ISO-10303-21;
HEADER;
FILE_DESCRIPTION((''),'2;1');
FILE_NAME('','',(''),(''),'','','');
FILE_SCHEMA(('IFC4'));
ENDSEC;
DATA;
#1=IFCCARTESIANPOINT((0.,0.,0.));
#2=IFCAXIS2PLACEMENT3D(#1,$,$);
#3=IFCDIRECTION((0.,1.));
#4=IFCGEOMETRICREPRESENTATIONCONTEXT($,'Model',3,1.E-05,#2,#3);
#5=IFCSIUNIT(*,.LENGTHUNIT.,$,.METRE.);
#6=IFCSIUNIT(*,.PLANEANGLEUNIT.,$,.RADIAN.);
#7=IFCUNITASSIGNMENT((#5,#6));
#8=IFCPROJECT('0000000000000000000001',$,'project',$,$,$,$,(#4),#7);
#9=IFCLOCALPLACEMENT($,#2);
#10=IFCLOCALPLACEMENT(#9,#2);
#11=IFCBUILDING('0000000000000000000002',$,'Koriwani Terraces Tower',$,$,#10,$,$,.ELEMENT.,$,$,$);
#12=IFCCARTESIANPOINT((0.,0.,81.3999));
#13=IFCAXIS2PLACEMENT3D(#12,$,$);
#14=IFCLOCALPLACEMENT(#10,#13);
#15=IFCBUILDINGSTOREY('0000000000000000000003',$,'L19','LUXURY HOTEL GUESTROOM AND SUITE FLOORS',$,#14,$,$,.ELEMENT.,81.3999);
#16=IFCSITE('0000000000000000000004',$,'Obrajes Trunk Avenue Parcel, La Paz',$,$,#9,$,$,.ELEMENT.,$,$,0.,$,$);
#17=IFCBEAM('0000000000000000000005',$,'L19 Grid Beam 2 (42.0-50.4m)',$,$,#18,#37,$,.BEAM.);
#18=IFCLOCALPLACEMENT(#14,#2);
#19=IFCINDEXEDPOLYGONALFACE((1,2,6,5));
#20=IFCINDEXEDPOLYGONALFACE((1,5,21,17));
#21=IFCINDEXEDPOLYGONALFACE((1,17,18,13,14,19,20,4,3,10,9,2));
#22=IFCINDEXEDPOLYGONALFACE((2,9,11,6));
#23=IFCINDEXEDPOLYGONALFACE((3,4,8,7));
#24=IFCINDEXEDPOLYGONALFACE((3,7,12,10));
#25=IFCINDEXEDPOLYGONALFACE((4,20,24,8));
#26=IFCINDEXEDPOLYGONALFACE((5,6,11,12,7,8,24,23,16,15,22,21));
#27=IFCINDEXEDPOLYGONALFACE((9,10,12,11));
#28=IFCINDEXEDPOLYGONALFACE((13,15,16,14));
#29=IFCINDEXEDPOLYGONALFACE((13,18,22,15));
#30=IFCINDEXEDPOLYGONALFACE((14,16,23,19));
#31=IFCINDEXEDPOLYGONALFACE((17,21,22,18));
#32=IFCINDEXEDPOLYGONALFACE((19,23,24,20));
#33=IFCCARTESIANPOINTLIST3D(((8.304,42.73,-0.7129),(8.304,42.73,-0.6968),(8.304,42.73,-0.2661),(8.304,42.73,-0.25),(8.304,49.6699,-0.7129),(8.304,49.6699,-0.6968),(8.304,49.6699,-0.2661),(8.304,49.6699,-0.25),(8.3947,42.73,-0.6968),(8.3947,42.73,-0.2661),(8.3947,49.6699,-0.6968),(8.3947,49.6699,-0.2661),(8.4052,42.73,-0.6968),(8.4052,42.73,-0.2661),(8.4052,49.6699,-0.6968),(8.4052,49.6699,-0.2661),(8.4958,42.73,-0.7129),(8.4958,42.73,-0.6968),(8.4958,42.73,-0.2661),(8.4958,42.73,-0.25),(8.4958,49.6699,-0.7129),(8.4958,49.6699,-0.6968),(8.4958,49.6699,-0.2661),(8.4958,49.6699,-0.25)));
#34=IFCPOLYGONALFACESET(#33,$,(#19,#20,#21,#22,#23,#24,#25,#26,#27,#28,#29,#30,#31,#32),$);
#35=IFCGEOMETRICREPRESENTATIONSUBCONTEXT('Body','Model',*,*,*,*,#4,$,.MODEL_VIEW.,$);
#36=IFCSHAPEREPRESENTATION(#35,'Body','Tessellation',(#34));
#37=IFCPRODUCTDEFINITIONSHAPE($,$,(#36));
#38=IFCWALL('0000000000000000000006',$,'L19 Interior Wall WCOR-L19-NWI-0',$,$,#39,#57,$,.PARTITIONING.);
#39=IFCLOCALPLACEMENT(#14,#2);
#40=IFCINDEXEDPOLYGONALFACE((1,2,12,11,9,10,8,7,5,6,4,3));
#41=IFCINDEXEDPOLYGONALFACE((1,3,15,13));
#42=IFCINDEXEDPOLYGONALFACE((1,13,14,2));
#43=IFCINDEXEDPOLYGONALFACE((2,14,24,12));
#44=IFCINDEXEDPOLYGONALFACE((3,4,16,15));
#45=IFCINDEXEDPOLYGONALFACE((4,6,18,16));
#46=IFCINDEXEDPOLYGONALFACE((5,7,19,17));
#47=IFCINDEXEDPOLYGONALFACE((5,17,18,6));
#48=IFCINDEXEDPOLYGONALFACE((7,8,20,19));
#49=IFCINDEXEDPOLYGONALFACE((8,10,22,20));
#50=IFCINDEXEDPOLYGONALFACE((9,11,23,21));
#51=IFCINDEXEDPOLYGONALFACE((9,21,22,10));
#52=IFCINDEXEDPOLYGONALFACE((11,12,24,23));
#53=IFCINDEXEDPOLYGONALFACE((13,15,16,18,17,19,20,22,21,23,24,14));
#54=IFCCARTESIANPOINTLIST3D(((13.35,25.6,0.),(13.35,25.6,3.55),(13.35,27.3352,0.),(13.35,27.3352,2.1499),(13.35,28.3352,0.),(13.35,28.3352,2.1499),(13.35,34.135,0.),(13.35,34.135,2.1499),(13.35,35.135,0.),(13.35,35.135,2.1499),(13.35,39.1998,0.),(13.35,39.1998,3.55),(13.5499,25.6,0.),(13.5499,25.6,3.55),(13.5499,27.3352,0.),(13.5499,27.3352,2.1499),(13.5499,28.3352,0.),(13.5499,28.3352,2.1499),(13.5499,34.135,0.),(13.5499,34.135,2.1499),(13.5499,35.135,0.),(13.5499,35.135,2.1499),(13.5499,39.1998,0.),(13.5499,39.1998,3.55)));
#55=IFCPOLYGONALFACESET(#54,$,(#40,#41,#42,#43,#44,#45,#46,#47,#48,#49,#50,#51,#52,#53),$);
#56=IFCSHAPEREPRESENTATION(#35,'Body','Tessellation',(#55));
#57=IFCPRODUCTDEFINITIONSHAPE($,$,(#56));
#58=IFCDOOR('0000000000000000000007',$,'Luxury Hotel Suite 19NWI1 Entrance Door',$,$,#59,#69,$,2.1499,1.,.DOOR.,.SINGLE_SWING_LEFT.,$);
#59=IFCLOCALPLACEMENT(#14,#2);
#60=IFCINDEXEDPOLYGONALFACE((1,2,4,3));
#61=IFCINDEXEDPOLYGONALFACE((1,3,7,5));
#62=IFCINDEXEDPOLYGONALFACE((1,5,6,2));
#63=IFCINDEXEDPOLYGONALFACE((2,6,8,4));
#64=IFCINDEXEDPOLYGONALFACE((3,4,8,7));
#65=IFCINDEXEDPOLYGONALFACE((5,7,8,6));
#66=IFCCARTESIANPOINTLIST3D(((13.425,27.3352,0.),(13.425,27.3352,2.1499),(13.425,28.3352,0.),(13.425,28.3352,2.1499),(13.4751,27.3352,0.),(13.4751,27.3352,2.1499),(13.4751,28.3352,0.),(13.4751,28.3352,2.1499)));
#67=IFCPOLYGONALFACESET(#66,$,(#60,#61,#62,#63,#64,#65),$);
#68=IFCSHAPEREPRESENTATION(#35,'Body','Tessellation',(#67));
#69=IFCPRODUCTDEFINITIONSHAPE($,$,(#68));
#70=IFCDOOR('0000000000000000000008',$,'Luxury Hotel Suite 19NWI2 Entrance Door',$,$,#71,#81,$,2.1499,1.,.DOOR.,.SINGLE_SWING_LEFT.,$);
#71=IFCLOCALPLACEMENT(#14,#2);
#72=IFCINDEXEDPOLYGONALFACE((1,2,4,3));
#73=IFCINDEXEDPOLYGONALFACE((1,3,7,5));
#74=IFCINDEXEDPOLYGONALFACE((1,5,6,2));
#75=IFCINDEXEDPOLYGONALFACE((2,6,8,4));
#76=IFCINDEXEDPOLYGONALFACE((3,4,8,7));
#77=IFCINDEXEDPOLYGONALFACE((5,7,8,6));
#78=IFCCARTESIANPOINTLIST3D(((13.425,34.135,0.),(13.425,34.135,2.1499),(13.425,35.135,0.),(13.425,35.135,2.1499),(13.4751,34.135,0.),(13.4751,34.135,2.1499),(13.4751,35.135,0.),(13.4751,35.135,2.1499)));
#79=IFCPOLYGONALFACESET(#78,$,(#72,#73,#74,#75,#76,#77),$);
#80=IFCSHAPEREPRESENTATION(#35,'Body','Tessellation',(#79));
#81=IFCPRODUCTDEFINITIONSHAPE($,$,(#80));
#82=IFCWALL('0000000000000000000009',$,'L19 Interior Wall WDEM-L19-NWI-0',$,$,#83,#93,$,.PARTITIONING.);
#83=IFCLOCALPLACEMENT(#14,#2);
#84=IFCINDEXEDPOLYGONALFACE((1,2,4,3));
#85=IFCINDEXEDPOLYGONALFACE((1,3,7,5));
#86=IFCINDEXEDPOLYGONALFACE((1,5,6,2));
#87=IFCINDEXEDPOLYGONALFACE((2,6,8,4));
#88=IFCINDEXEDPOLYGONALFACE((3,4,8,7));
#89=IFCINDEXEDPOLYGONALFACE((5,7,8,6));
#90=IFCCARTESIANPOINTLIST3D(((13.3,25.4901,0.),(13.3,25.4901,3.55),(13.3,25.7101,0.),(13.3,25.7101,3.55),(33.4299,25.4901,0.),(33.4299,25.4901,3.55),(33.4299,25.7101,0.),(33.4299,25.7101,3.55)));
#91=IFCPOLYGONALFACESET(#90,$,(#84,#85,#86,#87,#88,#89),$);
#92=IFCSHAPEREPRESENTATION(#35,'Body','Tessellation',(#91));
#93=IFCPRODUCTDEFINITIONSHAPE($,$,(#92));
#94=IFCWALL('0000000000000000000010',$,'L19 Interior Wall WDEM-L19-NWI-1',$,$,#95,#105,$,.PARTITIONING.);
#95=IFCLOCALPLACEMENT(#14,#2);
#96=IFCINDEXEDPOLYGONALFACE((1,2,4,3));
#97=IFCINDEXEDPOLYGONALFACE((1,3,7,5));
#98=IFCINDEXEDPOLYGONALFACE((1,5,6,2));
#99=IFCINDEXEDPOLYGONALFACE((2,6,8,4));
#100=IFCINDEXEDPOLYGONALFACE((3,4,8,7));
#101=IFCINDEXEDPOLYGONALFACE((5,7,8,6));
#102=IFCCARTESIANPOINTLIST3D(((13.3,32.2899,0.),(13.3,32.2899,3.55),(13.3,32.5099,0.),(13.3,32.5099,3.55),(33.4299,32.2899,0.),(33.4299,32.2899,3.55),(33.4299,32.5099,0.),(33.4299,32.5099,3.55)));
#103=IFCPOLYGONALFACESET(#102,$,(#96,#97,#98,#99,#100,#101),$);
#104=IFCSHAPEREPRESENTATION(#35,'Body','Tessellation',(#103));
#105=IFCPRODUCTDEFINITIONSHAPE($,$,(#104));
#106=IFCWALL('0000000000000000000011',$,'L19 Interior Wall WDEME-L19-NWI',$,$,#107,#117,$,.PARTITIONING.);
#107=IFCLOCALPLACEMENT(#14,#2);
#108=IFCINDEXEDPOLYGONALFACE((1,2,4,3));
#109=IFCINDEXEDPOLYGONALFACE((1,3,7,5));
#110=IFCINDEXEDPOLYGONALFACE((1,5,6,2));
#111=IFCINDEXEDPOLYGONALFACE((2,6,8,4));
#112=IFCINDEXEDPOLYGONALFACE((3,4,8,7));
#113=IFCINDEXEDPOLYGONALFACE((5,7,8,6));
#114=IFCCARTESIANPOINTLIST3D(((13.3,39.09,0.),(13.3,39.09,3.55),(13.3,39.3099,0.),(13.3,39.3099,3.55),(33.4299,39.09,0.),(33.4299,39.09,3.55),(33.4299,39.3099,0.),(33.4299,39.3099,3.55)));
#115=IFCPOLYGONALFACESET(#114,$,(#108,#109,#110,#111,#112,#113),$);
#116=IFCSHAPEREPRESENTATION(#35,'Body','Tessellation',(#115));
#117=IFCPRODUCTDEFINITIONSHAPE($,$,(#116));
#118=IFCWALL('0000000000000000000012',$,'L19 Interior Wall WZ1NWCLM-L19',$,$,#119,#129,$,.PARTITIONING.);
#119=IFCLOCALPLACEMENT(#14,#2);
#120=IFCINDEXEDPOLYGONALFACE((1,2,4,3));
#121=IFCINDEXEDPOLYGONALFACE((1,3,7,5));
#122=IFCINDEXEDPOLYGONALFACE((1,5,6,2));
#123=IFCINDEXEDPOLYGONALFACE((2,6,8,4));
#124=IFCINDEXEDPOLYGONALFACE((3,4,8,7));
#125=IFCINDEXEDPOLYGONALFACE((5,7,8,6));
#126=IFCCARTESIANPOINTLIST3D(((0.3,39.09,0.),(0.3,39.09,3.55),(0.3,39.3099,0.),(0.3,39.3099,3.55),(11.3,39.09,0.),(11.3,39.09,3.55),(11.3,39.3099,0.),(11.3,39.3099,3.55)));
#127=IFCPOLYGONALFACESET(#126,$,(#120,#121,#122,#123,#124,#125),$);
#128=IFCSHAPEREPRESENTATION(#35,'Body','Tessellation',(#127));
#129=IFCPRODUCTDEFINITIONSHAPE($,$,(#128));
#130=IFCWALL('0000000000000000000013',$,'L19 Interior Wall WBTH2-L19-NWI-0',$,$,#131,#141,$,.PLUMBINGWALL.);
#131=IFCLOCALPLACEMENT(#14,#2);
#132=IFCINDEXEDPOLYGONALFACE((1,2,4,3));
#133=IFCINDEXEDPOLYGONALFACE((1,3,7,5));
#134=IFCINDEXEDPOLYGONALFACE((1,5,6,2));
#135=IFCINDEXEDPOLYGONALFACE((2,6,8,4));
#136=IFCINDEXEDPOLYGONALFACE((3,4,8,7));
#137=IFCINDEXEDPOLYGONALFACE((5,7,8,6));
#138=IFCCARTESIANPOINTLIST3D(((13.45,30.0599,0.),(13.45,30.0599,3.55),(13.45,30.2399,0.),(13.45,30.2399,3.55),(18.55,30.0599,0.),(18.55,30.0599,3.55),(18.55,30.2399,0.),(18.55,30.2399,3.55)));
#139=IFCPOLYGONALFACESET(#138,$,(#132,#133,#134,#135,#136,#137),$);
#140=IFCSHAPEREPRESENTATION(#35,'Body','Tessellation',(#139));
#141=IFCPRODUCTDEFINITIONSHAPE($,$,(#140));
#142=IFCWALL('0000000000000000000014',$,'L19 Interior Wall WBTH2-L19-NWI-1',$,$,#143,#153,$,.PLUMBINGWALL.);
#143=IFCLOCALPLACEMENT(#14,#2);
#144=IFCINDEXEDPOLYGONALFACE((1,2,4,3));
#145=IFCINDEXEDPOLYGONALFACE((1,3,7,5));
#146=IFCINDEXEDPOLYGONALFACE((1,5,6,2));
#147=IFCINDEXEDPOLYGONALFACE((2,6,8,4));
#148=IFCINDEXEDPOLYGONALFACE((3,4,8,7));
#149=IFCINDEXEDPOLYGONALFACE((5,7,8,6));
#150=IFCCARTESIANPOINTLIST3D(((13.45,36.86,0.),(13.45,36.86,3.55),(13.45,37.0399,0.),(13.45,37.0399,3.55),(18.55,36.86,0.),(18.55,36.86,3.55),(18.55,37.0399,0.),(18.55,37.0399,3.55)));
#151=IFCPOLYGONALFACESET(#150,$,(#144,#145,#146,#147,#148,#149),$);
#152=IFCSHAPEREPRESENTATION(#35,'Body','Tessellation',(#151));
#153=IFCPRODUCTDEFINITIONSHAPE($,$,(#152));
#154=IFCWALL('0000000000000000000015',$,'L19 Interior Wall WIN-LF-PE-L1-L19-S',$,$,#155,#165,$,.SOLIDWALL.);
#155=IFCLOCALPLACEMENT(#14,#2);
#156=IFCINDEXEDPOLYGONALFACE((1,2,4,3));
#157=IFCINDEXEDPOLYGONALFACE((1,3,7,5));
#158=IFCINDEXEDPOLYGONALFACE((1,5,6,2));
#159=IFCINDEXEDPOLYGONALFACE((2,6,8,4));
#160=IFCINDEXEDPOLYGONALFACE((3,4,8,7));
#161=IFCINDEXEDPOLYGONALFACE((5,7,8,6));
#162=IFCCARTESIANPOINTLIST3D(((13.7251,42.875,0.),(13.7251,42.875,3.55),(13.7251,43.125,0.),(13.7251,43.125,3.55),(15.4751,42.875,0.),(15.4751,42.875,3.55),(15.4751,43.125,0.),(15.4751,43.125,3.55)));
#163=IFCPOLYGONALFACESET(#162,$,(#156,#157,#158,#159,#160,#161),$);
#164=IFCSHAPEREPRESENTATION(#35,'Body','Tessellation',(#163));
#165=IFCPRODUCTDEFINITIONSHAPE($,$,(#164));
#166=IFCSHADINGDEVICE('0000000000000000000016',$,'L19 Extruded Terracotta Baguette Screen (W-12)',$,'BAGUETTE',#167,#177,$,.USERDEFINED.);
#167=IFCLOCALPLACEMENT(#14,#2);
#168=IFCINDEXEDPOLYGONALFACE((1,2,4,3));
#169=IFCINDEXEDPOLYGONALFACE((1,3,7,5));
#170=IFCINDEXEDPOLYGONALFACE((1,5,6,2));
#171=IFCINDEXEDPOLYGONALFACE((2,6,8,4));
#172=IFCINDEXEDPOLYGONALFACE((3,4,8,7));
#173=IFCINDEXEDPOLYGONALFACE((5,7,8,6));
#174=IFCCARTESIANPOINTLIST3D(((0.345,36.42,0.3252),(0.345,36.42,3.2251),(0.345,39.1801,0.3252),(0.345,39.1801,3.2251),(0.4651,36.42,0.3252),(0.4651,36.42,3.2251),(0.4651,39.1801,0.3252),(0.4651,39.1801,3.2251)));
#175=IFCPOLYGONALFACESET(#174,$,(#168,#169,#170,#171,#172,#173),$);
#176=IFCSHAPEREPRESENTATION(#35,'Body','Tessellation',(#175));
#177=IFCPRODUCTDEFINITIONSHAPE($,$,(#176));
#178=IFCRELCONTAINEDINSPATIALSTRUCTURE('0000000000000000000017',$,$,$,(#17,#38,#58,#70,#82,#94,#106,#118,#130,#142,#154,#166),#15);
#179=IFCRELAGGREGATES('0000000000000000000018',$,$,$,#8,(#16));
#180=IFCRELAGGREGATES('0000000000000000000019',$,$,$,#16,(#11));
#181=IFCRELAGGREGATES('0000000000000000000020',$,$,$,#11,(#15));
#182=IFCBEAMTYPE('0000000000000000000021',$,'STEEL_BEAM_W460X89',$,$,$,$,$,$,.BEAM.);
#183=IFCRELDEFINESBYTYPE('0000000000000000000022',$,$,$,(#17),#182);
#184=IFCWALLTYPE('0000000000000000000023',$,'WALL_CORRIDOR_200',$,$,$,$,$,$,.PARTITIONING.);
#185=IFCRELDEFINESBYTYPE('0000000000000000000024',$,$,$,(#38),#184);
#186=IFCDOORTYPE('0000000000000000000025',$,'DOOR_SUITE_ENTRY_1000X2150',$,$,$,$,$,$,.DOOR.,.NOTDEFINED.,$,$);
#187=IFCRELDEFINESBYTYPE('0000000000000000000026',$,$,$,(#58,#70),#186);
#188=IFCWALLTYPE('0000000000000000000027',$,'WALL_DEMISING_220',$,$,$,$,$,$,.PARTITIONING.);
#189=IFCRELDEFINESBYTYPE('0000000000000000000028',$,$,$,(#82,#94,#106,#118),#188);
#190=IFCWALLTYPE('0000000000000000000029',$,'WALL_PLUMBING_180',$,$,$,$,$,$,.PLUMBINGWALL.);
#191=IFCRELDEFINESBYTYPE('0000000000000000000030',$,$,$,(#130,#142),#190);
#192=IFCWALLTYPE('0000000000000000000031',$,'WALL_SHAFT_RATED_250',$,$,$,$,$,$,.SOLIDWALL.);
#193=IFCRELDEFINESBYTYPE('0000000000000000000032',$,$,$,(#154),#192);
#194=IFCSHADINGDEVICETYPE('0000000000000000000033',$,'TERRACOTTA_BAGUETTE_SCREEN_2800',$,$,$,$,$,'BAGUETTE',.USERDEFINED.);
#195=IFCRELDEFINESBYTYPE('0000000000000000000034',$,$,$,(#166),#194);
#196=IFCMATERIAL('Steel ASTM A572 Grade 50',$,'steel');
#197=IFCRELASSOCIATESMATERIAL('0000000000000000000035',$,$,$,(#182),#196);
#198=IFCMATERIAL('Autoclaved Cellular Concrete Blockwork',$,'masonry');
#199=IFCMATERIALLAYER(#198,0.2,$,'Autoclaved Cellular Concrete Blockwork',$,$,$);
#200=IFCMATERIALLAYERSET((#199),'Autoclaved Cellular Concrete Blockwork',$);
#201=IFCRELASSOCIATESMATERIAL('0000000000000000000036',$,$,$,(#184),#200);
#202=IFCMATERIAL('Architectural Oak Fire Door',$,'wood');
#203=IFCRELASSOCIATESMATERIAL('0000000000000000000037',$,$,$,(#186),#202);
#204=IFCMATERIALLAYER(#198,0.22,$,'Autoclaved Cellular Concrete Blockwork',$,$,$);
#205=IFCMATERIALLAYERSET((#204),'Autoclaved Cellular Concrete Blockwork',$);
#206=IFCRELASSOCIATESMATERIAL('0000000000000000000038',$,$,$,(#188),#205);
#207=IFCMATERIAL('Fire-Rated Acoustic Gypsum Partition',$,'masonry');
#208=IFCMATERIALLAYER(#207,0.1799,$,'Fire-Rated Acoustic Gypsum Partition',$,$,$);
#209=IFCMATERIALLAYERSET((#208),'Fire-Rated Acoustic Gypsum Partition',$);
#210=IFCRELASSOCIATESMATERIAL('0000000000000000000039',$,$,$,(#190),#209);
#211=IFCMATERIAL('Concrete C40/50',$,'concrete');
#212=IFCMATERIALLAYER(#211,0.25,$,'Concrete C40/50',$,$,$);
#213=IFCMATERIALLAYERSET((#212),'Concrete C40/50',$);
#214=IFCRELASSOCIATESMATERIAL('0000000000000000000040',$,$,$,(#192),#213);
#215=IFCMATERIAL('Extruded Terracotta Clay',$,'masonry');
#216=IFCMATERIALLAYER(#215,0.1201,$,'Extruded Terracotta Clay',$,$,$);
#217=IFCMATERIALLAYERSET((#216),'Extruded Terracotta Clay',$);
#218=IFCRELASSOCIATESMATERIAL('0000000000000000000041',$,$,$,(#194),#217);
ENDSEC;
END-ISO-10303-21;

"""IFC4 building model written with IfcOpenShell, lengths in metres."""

from ifc_helpers import new_model, si_unit, direction, frame, frame_2d, origin, origin_2d, place, context, subcontext, project, spatial, rectangle, i_section, extrude, material, layer, layer_set, material_profile, profile_set, type_object, element, fill, save


model = new_model("IFC4")

# Units and contexts
model_context = context("Model", 3, precision=1e-05, world=origin(), true_north=direction((0.0, 1.0)))
body_context = subcontext(model_context, "Body", "Model", "MODEL_VIEW")
ifc_project = project(units=[si_unit("LENGTHUNIT", "METRE"), si_unit("PLANEANGLEUNIT", "RADIAN")], contexts=[model_context])

# Site, building, storey
site_placement = place(None, origin())
site = spatial("IfcSite", under=ifc_project, at=site_placement, Name="Obrajes Trunk Avenue Parcel, La Paz", CompositionType="ELEMENT", RefElevation=0.0)
building_placement = place(site_placement, origin())
building = spatial("IfcBuilding", under=site, at=building_placement, Name="Koriwani Terraces Tower", CompositionType="ELEMENT")
storey_placement = place(building_placement, frame((0.0, 0.0, 81.3999)))
storey = spatial("IfcBuildingStorey", under=building, at=storey_placement, Name="L19", Description="LUXURY HOTEL GUESTROOM AND SUITE FLOORS", CompositionType="ELEMENT", Elevation=81.3999)

# Beam
ifc_material_1 = material(Name="Concrete C40/50", Category="concrete")
ifc_material_2 = material(Name="Steel ASTM A572 Grade 50", Category="steel")
ifc_material_profile_1 = material_profile(ifc_material_2, i_section(OverallWidth=0.1919, OverallDepth=0.4629, WebThickness=0.0105, FlangeThickness=0.0161, at=origin_2d()), Name="Steel ASTM A572 Grade 50", Category="LoadBearing")
ifc_profile_set_1 = profile_set([ifc_material_profile_1], Name="Steel ASTM A572 Grade 50")
beam_type_1 = type_object("IfcBeamType", Name="STEEL_BEAM_W460X89", PredefinedType="BEAM", material=ifc_profile_set_1)
beam_1_placement = place(storey_placement, frame((8.3999, 42.73, -0.4814), z_axis=(0.0, 1.0, 0.0), x_axis=(-1.0, 0.0, 0.0)))
element("IfcBeam", 1, at=beam_1_placement, inside=storey, type_object=beam_type_1, Name="L19 Grid Beam 2 (42.0-50.4m)", PredefinedType="BEAM", context=body_context, shape_type="SweptSolid", body=[
    extrude(i_section(OverallWidth=0.1919, OverallDepth=0.4629, WebThickness=0.0105, FlangeThickness=0.0161, at=origin_2d()), origin(), (0.0, 0.0, 1.0), 6.9399),
])

# Wall, openings, doors
ifc_material_3 = material(Name="Autoclaved Cellular Concrete Blockwork", Category="masonry")
ifc_layer_1 = layer(ifc_material_3, 0.2, Name="Autoclaved Cellular Concrete Blockwork")
ifc_layer_set_1 = layer_set([ifc_layer_1], Name="Autoclaved Cellular Concrete Blockwork")
wall_type_1 = type_object("IfcWallType", Name="WALL_CORRIDOR_200", PredefinedType="PARTITIONING", material=ifc_layer_set_1)
wall_1_placement = place(storey_placement, frame((13.45, 25.6001, 0.0), z_axis=(0.0, 0.0, 1.0), x_axis=(0.0, 1.0, 0.0)))
wall_1 = element("IfcWall", 2, at=wall_1_placement, inside=storey, type_object=wall_type_1, Name="L19 Interior Wall WCOR-L19-NWI-0", PredefinedType="PARTITIONING", context=body_context, shape_type="SweptSolid", body=[
    extrude(rectangle(XDim=13.5999, YDim=0.2, at=frame_2d((6.7998, 0.0))), origin(), (0.0, 0.0, 1.0), 3.55),
])
opening_1_placement = place(wall_1_placement, frame((1.7351, 0.0, 0.0)))
opening_1 = element("IfcOpeningElement", 3, at=opening_1_placement, cuts=wall_1, PredefinedType="OPENING", context=body_context, shape_type="SweptSolid", body=[
    extrude(rectangle(XDim=1.0, YDim=2.1499, at=frame_2d((0.5, 1.075))), frame((0.0, 0.1099, 0.0), z_axis=(0.0, -1.0, 0.0), x_axis=(1.0, 0.0, 0.0)), (0.0, 0.0, 1.0), 0.22),
])
opening_2_placement = place(wall_1_placement, frame((8.5349, 0.0, 0.0)))
opening_2 = element("IfcOpeningElement", 4, at=opening_2_placement, cuts=wall_1, PredefinedType="OPENING", context=body_context, shape_type="SweptSolid", body=[
    extrude(rectangle(XDim=1.0, YDim=2.1499, at=frame_2d((0.5, 1.075))), frame((0.0, 0.1099, 0.0), z_axis=(0.0, -1.0, 0.0), x_axis=(1.0, 0.0, 0.0)), (0.0, 0.0, 1.0), 0.22),
])
ifc_material_4 = material(Name="Architectural Oak Fire Door", Category="wood")
door_type_1 = type_object("IfcDoorType", Name="DOOR_SUITE_ENTRY_1000X2150", OperationType="NOTDEFINED", PredefinedType="DOOR", material=ifc_material_4)
door_1_placement = place(opening_1_placement, origin())
door_1 = element("IfcDoor", 5, at=door_1_placement, inside=storey, type_object=door_type_1, Name="Luxury Hotel Suite 19NWI1 Entrance Door", OperationType="SINGLE_SWING_LEFT", OverallHeight=2.1499, OverallWidth=1.0, PredefinedType="DOOR", context=body_context, shape_type="SweptSolid", body=[
    extrude(rectangle(XDim=1.0, YDim=2.1499, at=frame_2d((0.5, 1.075))), frame((0.0, 0.0249, 0.0), z_axis=(0.0, -1.0, 0.0), x_axis=(1.0, 0.0, 0.0)), (0.0, 0.0, 1.0), 0.05),
])
fill(opening_1, door_1)
door_2_placement = place(opening_2_placement, origin())
door_2 = element("IfcDoor", 6, at=door_2_placement, inside=storey, type_object=door_type_1, Name="Luxury Hotel Suite 19NWI2 Entrance Door", OperationType="SINGLE_SWING_LEFT", OverallHeight=2.1499, OverallWidth=1.0, PredefinedType="DOOR", context=body_context, shape_type="SweptSolid", body=[
    extrude(rectangle(XDim=1.0, YDim=2.1499, at=frame_2d((0.5, 1.075))), frame((0.0, 0.0249, 0.0), z_axis=(0.0, -1.0, 0.0), x_axis=(1.0, 0.0, 0.0)), (0.0, 0.0, 1.0), 0.05),
])
fill(opening_2, door_2)

# Walls
ifc_layer_2 = layer(ifc_material_3, 0.22, Name="Autoclaved Cellular Concrete Blockwork")
ifc_layer_set_2 = layer_set([ifc_layer_2], Name="Autoclaved Cellular Concrete Blockwork")
wall_type_2 = type_object("IfcWallType", Name="WALL_DEMISING_220", PredefinedType="PARTITIONING", material=ifc_layer_set_2)
for number, where, z_axis, x_axis, name in (
    (7, (13.3, 25.6001, 0.0), (0.0, 0.0, 1.0), (1.0, 0.0, 0.0), "L19 Interior Wall WDEM-L19-NWI-0"),
    (8, (13.3, 32.3999, 0.0), (0.0, 0.0, 1.0), (1.0, 0.0, 0.0), "L19 Interior Wall WDEM-L19-NWI-1"),
    (9, (13.3, 39.2, 0.0), (0.0, 0.0, 1.0), (1.0, 0.0, 0.0), "L19 Interior Wall WDEME-L19-NWI"),
):
    element("IfcWall", number, at=place(storey_placement, frame(where, z_axis=z_axis, x_axis=x_axis)), inside=storey, type_object=wall_type_2, Name=name, PredefinedType="PARTITIONING", context=body_context, shape_type="SweptSolid", body=[
        extrude(rectangle(XDim=20.1299, YDim=0.22, at=frame_2d((10.0649, 0.0))), origin(), (0.0, 0.0, 1.0), 3.55),
    ])
wall_2_placement = place(storey_placement, frame((0.3, 39.2, 0.0), z_axis=(0.0, 0.0, 1.0), x_axis=(1.0, 0.0, 0.0)))
element("IfcWall", 10, at=wall_2_placement, inside=storey, type_object=wall_type_2, Name="L19 Interior Wall WZ1NWCLM-L19", PredefinedType="PARTITIONING", context=body_context, shape_type="SweptSolid", body=[
    extrude(rectangle(XDim=11.0, YDim=0.22, at=frame_2d((5.5, 0.0))), origin(), (0.0, 0.0, 1.0), 3.55),
])
ifc_material_5 = material(Name="Fire-Rated Acoustic Gypsum Partition", Category="masonry")
ifc_layer_3 = layer(ifc_material_5, 0.1799, Name="Fire-Rated Acoustic Gypsum Partition")
ifc_layer_set_3 = layer_set([ifc_layer_3], Name="Fire-Rated Acoustic Gypsum Partition")
wall_type_3 = type_object("IfcWallType", Name="WALL_PLUMBING_180", PredefinedType="PLUMBINGWALL", material=ifc_layer_set_3)
for number, where, z_axis, x_axis, name in (
    (11, (13.45, 30.1499, 0.0), (0.0, 0.0, 1.0), (1.0, 0.0, 0.0), "L19 Interior Wall WBTH2-L19-NWI-0"),
    (12, (13.45, 36.95, 0.0), (0.0, 0.0, 1.0), (1.0, 0.0, 0.0), "L19 Interior Wall WBTH2-L19-NWI-1"),
):
    element("IfcWall", number, at=place(storey_placement, frame(where, z_axis=z_axis, x_axis=x_axis)), inside=storey, type_object=wall_type_3, Name=name, PredefinedType="PLUMBINGWALL", context=body_context, shape_type="SweptSolid", body=[
        extrude(rectangle(XDim=5.1001, YDim=0.1799, at=frame_2d((2.55, 0.0))), origin(), (0.0, 0.0, 1.0), 3.55),
    ])

# Shared definitions
ifc_layer_4 = layer(ifc_material_1, 0.25, Name="Concrete C40/50")
ifc_layer_set_4 = layer_set([ifc_layer_4], Name="Concrete C40/50")
wall_type_4 = type_object("IfcWallType", Name="WALL_SHAFT_RATED_250", PredefinedType="SOLIDWALL", material=ifc_layer_set_4)

# Wall
wall_3_placement = place(storey_placement, frame((13.7251, 43.0, 0.0), z_axis=(0.0, 0.0, 1.0), x_axis=(1.0, 0.0, 0.0)))
element("IfcWall", 13, at=wall_3_placement, inside=storey, type_object=wall_type_4, Name="L19 Interior Wall WIN-LF-PE-L1-L19-S", PredefinedType="SOLIDWALL", context=body_context, shape_type="SweptSolid", body=[
    extrude(rectangle(XDim=1.75, YDim=0.25, at=frame_2d((0.875, 0.0))), origin(), (0.0, 0.0, 1.0), 3.55),
])

# Shading device
ifc_material_6 = material(Name="Extruded Terracotta Clay", Category="masonry")
ifc_layer_5 = layer(ifc_material_6, 0.1201, Name="Extruded Terracotta Clay")
ifc_layer_set_5 = layer_set([ifc_layer_5], Name="Extruded Terracotta Clay")
shading_device_type = type_object("IfcShadingDeviceType", Name="TERRACOTTA_BAGUETTE_SCREEN_2800", ElementType="BAGUETTE", PredefinedType="USERDEFINED", material=ifc_layer_set_5)
shading_device_placement = place(storey_placement, frame((0.405, 37.8, 0.3252), z_axis=(0.0, 0.0, 1.0), x_axis=(0.0, 1.0, 0.0)))
element("IfcShadingDevice", 14, at=shading_device_placement, inside=storey, type_object=shading_device_type, Name="L19 Extruded Terracotta Baguette Screen (W-12)", ObjectType="BAGUETTE", PredefinedType="USERDEFINED", context=body_context, shape_type="SweptSolid", body=[
    extrude(rectangle(XDim=2.76, YDim=0.1201, at=origin_2d()), origin(), (0.0, 0.0, 1.0), 2.8999),
])

save(model, "model.ifc")
